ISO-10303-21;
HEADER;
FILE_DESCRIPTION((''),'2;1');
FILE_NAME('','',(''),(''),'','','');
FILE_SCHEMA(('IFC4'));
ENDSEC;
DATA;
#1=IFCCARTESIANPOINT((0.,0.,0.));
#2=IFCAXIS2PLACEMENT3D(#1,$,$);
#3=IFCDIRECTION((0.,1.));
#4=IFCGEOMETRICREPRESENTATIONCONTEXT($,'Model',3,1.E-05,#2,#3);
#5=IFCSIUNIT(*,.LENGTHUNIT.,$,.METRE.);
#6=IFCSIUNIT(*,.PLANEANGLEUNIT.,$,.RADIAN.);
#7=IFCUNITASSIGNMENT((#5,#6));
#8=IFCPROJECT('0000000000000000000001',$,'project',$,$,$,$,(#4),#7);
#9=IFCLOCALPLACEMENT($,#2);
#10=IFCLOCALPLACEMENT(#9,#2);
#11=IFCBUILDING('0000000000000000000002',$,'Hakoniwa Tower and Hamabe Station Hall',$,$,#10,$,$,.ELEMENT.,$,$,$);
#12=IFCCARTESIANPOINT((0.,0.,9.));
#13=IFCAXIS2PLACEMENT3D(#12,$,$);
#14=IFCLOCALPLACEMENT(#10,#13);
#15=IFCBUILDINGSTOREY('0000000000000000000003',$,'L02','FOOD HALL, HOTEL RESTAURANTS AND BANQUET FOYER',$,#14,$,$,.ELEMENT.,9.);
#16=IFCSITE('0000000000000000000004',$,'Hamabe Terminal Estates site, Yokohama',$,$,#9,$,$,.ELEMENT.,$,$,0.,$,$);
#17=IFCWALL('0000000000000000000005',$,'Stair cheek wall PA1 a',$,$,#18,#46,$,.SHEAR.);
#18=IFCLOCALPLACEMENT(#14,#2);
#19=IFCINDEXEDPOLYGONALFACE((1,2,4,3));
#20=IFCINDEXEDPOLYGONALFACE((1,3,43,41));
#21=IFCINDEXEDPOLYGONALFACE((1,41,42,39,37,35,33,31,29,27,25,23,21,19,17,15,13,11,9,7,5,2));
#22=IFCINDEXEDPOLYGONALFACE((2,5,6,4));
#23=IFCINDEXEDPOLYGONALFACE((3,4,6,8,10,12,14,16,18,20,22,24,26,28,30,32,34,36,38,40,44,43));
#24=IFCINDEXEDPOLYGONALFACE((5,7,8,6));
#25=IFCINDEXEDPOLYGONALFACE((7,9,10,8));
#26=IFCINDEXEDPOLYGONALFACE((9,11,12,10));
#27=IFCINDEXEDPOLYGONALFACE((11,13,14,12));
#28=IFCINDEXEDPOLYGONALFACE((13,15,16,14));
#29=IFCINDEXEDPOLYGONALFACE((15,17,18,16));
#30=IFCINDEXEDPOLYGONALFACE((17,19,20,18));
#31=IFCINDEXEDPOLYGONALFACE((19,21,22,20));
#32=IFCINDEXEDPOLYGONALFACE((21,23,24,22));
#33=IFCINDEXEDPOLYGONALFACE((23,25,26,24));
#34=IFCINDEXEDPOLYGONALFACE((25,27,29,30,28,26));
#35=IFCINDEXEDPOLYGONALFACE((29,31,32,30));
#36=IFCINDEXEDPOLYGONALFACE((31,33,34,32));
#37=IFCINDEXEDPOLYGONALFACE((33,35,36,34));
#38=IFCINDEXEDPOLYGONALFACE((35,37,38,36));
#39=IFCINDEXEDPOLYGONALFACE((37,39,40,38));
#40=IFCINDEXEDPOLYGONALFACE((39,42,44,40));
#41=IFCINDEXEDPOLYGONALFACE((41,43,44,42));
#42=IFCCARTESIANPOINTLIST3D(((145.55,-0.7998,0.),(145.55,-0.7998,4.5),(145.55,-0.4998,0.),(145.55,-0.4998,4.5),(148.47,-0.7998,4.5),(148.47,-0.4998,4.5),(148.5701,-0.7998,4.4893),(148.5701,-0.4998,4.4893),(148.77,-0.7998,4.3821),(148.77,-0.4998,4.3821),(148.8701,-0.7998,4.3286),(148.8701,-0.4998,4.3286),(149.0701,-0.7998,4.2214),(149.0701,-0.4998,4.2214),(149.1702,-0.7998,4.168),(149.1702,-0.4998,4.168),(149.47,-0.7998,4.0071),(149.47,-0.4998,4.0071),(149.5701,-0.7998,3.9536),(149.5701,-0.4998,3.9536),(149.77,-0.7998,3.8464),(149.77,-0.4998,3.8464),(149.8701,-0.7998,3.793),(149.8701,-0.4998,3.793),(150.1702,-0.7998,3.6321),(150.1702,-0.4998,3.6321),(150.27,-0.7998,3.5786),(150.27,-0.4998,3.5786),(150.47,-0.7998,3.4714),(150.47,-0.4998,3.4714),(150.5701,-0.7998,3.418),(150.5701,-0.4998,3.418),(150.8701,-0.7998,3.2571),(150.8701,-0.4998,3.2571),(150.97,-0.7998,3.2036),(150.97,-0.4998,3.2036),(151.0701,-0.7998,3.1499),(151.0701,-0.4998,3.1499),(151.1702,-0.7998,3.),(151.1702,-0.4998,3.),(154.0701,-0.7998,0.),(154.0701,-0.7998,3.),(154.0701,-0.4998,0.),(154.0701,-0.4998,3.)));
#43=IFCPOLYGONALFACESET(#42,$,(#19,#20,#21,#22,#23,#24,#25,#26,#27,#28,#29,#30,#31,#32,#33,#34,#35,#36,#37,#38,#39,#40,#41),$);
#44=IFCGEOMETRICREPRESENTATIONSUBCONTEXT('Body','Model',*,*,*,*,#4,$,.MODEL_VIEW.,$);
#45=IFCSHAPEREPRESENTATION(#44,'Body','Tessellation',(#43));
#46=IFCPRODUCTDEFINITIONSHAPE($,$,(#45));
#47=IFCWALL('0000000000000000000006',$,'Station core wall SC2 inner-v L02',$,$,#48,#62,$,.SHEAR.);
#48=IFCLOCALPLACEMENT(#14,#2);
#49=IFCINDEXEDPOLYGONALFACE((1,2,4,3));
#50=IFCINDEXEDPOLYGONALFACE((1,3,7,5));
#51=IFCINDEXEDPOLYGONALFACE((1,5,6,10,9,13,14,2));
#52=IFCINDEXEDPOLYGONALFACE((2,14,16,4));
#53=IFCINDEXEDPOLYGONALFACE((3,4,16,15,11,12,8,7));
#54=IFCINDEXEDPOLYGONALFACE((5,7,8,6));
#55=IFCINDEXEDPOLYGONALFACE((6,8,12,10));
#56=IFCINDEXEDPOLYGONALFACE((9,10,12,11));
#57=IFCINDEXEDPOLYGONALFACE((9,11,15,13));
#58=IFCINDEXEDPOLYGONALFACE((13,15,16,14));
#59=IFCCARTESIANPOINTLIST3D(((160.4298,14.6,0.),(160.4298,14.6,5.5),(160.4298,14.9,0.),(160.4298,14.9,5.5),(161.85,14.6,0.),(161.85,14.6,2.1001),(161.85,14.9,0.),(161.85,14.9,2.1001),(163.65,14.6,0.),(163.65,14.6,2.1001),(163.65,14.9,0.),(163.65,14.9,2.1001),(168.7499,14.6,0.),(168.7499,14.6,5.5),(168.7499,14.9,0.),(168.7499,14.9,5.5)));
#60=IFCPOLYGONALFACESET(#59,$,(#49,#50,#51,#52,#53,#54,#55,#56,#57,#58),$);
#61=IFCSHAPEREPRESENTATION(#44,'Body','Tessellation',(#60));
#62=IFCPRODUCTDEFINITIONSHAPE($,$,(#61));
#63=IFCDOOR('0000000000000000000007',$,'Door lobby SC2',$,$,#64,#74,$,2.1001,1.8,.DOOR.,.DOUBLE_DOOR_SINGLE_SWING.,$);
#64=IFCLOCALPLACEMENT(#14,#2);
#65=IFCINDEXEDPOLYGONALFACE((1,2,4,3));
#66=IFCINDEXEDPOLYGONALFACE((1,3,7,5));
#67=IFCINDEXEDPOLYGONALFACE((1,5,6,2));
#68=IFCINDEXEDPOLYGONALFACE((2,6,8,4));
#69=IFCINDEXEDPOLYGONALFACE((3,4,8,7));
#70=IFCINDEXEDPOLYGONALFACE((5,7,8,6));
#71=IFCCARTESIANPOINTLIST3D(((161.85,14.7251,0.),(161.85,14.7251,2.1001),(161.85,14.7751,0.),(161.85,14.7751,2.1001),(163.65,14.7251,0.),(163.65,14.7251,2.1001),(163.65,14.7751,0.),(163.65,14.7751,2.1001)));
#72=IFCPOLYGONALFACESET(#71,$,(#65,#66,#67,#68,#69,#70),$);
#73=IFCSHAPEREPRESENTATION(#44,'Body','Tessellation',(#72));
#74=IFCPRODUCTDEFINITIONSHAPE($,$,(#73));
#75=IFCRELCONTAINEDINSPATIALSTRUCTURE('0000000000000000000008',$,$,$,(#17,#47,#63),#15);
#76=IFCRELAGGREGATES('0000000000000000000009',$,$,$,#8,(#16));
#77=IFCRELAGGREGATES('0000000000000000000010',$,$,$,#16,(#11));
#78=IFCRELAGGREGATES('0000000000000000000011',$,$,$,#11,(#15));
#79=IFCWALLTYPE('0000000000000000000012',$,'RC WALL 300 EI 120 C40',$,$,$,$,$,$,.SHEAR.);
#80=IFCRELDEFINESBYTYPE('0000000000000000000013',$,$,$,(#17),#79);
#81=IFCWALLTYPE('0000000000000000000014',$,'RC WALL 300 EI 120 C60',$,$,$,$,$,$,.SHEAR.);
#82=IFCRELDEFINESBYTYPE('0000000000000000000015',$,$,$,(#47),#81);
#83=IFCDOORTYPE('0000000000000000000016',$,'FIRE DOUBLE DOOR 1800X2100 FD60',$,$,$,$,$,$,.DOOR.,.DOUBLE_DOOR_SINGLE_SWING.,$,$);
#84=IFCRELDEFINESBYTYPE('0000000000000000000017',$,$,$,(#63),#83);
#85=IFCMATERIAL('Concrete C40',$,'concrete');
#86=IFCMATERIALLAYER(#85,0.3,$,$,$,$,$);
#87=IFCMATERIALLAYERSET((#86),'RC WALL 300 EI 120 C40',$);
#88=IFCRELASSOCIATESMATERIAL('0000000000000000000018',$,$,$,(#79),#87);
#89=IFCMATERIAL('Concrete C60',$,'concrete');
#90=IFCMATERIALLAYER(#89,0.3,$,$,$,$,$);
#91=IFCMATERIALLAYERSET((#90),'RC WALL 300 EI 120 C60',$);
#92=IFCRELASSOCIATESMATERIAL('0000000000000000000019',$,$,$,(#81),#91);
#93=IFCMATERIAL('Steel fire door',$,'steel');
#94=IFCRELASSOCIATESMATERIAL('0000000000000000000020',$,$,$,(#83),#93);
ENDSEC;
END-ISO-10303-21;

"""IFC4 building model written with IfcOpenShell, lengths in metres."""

from ifc_helpers import new_model, si_unit, direction, frame, frame_2d, origin, place, context, subcontext, project, spatial, polyline, rectangle, outline, extrude, material, layer, layer_set, type_object, element, fill, save


model = new_model("IFC4")

# Units and contexts
model_context = context("Model", 3, precision=1e-05, world=origin(), true_north=direction((0.0, 1.0)))
body_context = subcontext(model_context, "Body", "Model", "MODEL_VIEW")
ifc_project = project(units=[si_unit("LENGTHUNIT", "METRE"), si_unit("PLANEANGLEUNIT", "RADIAN")], contexts=[model_context])

# Site, building, storey
site_placement = place(None, origin())
site = spatial("IfcSite", under=ifc_project, at=site_placement, Name="Hamabe Terminal Estates site, Yokohama", CompositionType="ELEMENT", RefElevation=0.0)
building_placement = place(site_placement, origin())
building = spatial("IfcBuilding", under=site, at=building_placement, Name="Hakoniwa Tower and Hamabe Station Hall", CompositionType="ELEMENT")
storey_placement = place(building_placement, frame((0.0, 0.0, 9.0)))
storey = spatial("IfcBuildingStorey", under=building, at=storey_placement, Name="L02", Description="FOOD HALL, HOTEL RESTAURANTS AND BANQUET FOYER", CompositionType="ELEMENT", Elevation=9.0)

# Wall
ifc_material_1 = material(Name="Concrete C40", Category="concrete")
ifc_layer_1 = layer(ifc_material_1, 0.3)
ifc_layer_set_1 = layer_set([ifc_layer_1], Name="RC WALL 300 EI 120 C40")
wall_type_1 = type_object("IfcWallType", Name="RC WALL 300 EI 120 C40", PredefinedType="SHEAR", material=ifc_layer_set_1)
wall_1_placement = place(storey_placement, frame((154.0701, -0.6499, 0.0), z_axis=(0.0, 0.0, 1.0), x_axis=(-1.0, 0.0, 0.0)))
element("IfcWall", 1, at=wall_1_placement, inside=storey, type_object=wall_type_1, Name="Stair cheek wall PA1 a", PredefinedType="SHEAR", context=body_context, shape_type="SweptSolid", body=[
    extrude(outline(polyline([(0.0, 0.0), (8.52, 0.0), (8.52, 4.5), (5.6001, 4.5), (5.5, 4.4893), (5.3, 4.3821), (5.2, 4.3286), (5.0, 4.2214), (4.8999, 4.168), (4.6001, 4.0071), (4.5, 3.9536), (4.3, 3.8464), (4.2, 3.793), (3.8999, 3.6321), (3.8, 3.5786), (3.6001, 3.4714), (3.5, 3.418), (3.2, 3.2571), (3.1001, 3.2036), (3.0, 3.1499), (2.8999, 3.0), (0.0, 3.0), (0.0, 0.0)])), frame((0.0, 0.1499, 0.0), z_axis=(0.0, -1.0, 0.0), x_axis=(1.0, 0.0, 0.0)), (0.0, 0.0, 1.0), 0.3),
])

# Wall, opening, door
ifc_material_2 = material(Name="Concrete C60", Category="concrete")
ifc_layer_2 = layer(ifc_material_2, 0.3)
ifc_layer_set_2 = layer_set([ifc_layer_2], Name="RC WALL 300 EI 120 C60")
wall_type_2 = type_object("IfcWallType", Name="RC WALL 300 EI 120 C60", PredefinedType="SHEAR", material=ifc_layer_set_2)
wall_2_placement = place(storey_placement, frame((168.75, 14.75, 0.0), z_axis=(0.0, 0.0, 1.0), x_axis=(-1.0, 0.0, 0.0)))
wall_2 = element("IfcWall", 2, at=wall_2_placement, inside=storey, type_object=wall_type_2, Name="Station core wall SC2 inner-v L02", PredefinedType="SHEAR", context=body_context, shape_type="SweptSolid", body=[
    extrude(rectangle(XDim=8.3201, YDim=0.3, at=frame_2d((4.1602, 0.0))), origin(), (0.0, 0.0, 1.0), 5.5),
])
opening_placement = place(wall_2_placement, frame((5.1001, 0.0, 0.0)))
opening = element("IfcOpeningElement", 3, at=opening_placement, cuts=wall_2, PredefinedType="OPENING", context=body_context, shape_type="SweptSolid", body=[
    extrude(rectangle(XDim=1.8, YDim=2.1001, at=frame_2d((0.8999, 1.05))), frame((0.0, 0.1599, 0.0), z_axis=(0.0, -1.0, 0.0), x_axis=(1.0, 0.0, 0.0)), (0.0, 0.0, 1.0), 0.3201),
])
ifc_material_3 = material(Name="Steel fire door", Category="steel")
door_type = type_object("IfcDoorType", Name="FIRE DOUBLE DOOR 1800X2100 FD60", OperationType="DOUBLE_DOOR_SINGLE_SWING", PredefinedType="DOOR", material=ifc_material_3)
door_placement = place(opening_placement, origin())
door = element("IfcDoor", 4, at=door_placement, inside=storey, type_object=door_type, Name="Door lobby SC2", OperationType="DOUBLE_DOOR_SINGLE_SWING", OverallHeight=2.1001, OverallWidth=1.8, PredefinedType="DOOR", context=body_context, shape_type="SweptSolid", body=[
    extrude(rectangle(XDim=1.8, YDim=2.1001, at=frame_2d((0.8999, 1.05))), frame((0.0, 0.0249, 0.0), z_axis=(0.0, -1.0, 0.0), x_axis=(1.0, 0.0, 0.0)), (0.0, 0.0, 1.0), 0.05),
])
fill(opening, door)

save(model, "model.ifc")
